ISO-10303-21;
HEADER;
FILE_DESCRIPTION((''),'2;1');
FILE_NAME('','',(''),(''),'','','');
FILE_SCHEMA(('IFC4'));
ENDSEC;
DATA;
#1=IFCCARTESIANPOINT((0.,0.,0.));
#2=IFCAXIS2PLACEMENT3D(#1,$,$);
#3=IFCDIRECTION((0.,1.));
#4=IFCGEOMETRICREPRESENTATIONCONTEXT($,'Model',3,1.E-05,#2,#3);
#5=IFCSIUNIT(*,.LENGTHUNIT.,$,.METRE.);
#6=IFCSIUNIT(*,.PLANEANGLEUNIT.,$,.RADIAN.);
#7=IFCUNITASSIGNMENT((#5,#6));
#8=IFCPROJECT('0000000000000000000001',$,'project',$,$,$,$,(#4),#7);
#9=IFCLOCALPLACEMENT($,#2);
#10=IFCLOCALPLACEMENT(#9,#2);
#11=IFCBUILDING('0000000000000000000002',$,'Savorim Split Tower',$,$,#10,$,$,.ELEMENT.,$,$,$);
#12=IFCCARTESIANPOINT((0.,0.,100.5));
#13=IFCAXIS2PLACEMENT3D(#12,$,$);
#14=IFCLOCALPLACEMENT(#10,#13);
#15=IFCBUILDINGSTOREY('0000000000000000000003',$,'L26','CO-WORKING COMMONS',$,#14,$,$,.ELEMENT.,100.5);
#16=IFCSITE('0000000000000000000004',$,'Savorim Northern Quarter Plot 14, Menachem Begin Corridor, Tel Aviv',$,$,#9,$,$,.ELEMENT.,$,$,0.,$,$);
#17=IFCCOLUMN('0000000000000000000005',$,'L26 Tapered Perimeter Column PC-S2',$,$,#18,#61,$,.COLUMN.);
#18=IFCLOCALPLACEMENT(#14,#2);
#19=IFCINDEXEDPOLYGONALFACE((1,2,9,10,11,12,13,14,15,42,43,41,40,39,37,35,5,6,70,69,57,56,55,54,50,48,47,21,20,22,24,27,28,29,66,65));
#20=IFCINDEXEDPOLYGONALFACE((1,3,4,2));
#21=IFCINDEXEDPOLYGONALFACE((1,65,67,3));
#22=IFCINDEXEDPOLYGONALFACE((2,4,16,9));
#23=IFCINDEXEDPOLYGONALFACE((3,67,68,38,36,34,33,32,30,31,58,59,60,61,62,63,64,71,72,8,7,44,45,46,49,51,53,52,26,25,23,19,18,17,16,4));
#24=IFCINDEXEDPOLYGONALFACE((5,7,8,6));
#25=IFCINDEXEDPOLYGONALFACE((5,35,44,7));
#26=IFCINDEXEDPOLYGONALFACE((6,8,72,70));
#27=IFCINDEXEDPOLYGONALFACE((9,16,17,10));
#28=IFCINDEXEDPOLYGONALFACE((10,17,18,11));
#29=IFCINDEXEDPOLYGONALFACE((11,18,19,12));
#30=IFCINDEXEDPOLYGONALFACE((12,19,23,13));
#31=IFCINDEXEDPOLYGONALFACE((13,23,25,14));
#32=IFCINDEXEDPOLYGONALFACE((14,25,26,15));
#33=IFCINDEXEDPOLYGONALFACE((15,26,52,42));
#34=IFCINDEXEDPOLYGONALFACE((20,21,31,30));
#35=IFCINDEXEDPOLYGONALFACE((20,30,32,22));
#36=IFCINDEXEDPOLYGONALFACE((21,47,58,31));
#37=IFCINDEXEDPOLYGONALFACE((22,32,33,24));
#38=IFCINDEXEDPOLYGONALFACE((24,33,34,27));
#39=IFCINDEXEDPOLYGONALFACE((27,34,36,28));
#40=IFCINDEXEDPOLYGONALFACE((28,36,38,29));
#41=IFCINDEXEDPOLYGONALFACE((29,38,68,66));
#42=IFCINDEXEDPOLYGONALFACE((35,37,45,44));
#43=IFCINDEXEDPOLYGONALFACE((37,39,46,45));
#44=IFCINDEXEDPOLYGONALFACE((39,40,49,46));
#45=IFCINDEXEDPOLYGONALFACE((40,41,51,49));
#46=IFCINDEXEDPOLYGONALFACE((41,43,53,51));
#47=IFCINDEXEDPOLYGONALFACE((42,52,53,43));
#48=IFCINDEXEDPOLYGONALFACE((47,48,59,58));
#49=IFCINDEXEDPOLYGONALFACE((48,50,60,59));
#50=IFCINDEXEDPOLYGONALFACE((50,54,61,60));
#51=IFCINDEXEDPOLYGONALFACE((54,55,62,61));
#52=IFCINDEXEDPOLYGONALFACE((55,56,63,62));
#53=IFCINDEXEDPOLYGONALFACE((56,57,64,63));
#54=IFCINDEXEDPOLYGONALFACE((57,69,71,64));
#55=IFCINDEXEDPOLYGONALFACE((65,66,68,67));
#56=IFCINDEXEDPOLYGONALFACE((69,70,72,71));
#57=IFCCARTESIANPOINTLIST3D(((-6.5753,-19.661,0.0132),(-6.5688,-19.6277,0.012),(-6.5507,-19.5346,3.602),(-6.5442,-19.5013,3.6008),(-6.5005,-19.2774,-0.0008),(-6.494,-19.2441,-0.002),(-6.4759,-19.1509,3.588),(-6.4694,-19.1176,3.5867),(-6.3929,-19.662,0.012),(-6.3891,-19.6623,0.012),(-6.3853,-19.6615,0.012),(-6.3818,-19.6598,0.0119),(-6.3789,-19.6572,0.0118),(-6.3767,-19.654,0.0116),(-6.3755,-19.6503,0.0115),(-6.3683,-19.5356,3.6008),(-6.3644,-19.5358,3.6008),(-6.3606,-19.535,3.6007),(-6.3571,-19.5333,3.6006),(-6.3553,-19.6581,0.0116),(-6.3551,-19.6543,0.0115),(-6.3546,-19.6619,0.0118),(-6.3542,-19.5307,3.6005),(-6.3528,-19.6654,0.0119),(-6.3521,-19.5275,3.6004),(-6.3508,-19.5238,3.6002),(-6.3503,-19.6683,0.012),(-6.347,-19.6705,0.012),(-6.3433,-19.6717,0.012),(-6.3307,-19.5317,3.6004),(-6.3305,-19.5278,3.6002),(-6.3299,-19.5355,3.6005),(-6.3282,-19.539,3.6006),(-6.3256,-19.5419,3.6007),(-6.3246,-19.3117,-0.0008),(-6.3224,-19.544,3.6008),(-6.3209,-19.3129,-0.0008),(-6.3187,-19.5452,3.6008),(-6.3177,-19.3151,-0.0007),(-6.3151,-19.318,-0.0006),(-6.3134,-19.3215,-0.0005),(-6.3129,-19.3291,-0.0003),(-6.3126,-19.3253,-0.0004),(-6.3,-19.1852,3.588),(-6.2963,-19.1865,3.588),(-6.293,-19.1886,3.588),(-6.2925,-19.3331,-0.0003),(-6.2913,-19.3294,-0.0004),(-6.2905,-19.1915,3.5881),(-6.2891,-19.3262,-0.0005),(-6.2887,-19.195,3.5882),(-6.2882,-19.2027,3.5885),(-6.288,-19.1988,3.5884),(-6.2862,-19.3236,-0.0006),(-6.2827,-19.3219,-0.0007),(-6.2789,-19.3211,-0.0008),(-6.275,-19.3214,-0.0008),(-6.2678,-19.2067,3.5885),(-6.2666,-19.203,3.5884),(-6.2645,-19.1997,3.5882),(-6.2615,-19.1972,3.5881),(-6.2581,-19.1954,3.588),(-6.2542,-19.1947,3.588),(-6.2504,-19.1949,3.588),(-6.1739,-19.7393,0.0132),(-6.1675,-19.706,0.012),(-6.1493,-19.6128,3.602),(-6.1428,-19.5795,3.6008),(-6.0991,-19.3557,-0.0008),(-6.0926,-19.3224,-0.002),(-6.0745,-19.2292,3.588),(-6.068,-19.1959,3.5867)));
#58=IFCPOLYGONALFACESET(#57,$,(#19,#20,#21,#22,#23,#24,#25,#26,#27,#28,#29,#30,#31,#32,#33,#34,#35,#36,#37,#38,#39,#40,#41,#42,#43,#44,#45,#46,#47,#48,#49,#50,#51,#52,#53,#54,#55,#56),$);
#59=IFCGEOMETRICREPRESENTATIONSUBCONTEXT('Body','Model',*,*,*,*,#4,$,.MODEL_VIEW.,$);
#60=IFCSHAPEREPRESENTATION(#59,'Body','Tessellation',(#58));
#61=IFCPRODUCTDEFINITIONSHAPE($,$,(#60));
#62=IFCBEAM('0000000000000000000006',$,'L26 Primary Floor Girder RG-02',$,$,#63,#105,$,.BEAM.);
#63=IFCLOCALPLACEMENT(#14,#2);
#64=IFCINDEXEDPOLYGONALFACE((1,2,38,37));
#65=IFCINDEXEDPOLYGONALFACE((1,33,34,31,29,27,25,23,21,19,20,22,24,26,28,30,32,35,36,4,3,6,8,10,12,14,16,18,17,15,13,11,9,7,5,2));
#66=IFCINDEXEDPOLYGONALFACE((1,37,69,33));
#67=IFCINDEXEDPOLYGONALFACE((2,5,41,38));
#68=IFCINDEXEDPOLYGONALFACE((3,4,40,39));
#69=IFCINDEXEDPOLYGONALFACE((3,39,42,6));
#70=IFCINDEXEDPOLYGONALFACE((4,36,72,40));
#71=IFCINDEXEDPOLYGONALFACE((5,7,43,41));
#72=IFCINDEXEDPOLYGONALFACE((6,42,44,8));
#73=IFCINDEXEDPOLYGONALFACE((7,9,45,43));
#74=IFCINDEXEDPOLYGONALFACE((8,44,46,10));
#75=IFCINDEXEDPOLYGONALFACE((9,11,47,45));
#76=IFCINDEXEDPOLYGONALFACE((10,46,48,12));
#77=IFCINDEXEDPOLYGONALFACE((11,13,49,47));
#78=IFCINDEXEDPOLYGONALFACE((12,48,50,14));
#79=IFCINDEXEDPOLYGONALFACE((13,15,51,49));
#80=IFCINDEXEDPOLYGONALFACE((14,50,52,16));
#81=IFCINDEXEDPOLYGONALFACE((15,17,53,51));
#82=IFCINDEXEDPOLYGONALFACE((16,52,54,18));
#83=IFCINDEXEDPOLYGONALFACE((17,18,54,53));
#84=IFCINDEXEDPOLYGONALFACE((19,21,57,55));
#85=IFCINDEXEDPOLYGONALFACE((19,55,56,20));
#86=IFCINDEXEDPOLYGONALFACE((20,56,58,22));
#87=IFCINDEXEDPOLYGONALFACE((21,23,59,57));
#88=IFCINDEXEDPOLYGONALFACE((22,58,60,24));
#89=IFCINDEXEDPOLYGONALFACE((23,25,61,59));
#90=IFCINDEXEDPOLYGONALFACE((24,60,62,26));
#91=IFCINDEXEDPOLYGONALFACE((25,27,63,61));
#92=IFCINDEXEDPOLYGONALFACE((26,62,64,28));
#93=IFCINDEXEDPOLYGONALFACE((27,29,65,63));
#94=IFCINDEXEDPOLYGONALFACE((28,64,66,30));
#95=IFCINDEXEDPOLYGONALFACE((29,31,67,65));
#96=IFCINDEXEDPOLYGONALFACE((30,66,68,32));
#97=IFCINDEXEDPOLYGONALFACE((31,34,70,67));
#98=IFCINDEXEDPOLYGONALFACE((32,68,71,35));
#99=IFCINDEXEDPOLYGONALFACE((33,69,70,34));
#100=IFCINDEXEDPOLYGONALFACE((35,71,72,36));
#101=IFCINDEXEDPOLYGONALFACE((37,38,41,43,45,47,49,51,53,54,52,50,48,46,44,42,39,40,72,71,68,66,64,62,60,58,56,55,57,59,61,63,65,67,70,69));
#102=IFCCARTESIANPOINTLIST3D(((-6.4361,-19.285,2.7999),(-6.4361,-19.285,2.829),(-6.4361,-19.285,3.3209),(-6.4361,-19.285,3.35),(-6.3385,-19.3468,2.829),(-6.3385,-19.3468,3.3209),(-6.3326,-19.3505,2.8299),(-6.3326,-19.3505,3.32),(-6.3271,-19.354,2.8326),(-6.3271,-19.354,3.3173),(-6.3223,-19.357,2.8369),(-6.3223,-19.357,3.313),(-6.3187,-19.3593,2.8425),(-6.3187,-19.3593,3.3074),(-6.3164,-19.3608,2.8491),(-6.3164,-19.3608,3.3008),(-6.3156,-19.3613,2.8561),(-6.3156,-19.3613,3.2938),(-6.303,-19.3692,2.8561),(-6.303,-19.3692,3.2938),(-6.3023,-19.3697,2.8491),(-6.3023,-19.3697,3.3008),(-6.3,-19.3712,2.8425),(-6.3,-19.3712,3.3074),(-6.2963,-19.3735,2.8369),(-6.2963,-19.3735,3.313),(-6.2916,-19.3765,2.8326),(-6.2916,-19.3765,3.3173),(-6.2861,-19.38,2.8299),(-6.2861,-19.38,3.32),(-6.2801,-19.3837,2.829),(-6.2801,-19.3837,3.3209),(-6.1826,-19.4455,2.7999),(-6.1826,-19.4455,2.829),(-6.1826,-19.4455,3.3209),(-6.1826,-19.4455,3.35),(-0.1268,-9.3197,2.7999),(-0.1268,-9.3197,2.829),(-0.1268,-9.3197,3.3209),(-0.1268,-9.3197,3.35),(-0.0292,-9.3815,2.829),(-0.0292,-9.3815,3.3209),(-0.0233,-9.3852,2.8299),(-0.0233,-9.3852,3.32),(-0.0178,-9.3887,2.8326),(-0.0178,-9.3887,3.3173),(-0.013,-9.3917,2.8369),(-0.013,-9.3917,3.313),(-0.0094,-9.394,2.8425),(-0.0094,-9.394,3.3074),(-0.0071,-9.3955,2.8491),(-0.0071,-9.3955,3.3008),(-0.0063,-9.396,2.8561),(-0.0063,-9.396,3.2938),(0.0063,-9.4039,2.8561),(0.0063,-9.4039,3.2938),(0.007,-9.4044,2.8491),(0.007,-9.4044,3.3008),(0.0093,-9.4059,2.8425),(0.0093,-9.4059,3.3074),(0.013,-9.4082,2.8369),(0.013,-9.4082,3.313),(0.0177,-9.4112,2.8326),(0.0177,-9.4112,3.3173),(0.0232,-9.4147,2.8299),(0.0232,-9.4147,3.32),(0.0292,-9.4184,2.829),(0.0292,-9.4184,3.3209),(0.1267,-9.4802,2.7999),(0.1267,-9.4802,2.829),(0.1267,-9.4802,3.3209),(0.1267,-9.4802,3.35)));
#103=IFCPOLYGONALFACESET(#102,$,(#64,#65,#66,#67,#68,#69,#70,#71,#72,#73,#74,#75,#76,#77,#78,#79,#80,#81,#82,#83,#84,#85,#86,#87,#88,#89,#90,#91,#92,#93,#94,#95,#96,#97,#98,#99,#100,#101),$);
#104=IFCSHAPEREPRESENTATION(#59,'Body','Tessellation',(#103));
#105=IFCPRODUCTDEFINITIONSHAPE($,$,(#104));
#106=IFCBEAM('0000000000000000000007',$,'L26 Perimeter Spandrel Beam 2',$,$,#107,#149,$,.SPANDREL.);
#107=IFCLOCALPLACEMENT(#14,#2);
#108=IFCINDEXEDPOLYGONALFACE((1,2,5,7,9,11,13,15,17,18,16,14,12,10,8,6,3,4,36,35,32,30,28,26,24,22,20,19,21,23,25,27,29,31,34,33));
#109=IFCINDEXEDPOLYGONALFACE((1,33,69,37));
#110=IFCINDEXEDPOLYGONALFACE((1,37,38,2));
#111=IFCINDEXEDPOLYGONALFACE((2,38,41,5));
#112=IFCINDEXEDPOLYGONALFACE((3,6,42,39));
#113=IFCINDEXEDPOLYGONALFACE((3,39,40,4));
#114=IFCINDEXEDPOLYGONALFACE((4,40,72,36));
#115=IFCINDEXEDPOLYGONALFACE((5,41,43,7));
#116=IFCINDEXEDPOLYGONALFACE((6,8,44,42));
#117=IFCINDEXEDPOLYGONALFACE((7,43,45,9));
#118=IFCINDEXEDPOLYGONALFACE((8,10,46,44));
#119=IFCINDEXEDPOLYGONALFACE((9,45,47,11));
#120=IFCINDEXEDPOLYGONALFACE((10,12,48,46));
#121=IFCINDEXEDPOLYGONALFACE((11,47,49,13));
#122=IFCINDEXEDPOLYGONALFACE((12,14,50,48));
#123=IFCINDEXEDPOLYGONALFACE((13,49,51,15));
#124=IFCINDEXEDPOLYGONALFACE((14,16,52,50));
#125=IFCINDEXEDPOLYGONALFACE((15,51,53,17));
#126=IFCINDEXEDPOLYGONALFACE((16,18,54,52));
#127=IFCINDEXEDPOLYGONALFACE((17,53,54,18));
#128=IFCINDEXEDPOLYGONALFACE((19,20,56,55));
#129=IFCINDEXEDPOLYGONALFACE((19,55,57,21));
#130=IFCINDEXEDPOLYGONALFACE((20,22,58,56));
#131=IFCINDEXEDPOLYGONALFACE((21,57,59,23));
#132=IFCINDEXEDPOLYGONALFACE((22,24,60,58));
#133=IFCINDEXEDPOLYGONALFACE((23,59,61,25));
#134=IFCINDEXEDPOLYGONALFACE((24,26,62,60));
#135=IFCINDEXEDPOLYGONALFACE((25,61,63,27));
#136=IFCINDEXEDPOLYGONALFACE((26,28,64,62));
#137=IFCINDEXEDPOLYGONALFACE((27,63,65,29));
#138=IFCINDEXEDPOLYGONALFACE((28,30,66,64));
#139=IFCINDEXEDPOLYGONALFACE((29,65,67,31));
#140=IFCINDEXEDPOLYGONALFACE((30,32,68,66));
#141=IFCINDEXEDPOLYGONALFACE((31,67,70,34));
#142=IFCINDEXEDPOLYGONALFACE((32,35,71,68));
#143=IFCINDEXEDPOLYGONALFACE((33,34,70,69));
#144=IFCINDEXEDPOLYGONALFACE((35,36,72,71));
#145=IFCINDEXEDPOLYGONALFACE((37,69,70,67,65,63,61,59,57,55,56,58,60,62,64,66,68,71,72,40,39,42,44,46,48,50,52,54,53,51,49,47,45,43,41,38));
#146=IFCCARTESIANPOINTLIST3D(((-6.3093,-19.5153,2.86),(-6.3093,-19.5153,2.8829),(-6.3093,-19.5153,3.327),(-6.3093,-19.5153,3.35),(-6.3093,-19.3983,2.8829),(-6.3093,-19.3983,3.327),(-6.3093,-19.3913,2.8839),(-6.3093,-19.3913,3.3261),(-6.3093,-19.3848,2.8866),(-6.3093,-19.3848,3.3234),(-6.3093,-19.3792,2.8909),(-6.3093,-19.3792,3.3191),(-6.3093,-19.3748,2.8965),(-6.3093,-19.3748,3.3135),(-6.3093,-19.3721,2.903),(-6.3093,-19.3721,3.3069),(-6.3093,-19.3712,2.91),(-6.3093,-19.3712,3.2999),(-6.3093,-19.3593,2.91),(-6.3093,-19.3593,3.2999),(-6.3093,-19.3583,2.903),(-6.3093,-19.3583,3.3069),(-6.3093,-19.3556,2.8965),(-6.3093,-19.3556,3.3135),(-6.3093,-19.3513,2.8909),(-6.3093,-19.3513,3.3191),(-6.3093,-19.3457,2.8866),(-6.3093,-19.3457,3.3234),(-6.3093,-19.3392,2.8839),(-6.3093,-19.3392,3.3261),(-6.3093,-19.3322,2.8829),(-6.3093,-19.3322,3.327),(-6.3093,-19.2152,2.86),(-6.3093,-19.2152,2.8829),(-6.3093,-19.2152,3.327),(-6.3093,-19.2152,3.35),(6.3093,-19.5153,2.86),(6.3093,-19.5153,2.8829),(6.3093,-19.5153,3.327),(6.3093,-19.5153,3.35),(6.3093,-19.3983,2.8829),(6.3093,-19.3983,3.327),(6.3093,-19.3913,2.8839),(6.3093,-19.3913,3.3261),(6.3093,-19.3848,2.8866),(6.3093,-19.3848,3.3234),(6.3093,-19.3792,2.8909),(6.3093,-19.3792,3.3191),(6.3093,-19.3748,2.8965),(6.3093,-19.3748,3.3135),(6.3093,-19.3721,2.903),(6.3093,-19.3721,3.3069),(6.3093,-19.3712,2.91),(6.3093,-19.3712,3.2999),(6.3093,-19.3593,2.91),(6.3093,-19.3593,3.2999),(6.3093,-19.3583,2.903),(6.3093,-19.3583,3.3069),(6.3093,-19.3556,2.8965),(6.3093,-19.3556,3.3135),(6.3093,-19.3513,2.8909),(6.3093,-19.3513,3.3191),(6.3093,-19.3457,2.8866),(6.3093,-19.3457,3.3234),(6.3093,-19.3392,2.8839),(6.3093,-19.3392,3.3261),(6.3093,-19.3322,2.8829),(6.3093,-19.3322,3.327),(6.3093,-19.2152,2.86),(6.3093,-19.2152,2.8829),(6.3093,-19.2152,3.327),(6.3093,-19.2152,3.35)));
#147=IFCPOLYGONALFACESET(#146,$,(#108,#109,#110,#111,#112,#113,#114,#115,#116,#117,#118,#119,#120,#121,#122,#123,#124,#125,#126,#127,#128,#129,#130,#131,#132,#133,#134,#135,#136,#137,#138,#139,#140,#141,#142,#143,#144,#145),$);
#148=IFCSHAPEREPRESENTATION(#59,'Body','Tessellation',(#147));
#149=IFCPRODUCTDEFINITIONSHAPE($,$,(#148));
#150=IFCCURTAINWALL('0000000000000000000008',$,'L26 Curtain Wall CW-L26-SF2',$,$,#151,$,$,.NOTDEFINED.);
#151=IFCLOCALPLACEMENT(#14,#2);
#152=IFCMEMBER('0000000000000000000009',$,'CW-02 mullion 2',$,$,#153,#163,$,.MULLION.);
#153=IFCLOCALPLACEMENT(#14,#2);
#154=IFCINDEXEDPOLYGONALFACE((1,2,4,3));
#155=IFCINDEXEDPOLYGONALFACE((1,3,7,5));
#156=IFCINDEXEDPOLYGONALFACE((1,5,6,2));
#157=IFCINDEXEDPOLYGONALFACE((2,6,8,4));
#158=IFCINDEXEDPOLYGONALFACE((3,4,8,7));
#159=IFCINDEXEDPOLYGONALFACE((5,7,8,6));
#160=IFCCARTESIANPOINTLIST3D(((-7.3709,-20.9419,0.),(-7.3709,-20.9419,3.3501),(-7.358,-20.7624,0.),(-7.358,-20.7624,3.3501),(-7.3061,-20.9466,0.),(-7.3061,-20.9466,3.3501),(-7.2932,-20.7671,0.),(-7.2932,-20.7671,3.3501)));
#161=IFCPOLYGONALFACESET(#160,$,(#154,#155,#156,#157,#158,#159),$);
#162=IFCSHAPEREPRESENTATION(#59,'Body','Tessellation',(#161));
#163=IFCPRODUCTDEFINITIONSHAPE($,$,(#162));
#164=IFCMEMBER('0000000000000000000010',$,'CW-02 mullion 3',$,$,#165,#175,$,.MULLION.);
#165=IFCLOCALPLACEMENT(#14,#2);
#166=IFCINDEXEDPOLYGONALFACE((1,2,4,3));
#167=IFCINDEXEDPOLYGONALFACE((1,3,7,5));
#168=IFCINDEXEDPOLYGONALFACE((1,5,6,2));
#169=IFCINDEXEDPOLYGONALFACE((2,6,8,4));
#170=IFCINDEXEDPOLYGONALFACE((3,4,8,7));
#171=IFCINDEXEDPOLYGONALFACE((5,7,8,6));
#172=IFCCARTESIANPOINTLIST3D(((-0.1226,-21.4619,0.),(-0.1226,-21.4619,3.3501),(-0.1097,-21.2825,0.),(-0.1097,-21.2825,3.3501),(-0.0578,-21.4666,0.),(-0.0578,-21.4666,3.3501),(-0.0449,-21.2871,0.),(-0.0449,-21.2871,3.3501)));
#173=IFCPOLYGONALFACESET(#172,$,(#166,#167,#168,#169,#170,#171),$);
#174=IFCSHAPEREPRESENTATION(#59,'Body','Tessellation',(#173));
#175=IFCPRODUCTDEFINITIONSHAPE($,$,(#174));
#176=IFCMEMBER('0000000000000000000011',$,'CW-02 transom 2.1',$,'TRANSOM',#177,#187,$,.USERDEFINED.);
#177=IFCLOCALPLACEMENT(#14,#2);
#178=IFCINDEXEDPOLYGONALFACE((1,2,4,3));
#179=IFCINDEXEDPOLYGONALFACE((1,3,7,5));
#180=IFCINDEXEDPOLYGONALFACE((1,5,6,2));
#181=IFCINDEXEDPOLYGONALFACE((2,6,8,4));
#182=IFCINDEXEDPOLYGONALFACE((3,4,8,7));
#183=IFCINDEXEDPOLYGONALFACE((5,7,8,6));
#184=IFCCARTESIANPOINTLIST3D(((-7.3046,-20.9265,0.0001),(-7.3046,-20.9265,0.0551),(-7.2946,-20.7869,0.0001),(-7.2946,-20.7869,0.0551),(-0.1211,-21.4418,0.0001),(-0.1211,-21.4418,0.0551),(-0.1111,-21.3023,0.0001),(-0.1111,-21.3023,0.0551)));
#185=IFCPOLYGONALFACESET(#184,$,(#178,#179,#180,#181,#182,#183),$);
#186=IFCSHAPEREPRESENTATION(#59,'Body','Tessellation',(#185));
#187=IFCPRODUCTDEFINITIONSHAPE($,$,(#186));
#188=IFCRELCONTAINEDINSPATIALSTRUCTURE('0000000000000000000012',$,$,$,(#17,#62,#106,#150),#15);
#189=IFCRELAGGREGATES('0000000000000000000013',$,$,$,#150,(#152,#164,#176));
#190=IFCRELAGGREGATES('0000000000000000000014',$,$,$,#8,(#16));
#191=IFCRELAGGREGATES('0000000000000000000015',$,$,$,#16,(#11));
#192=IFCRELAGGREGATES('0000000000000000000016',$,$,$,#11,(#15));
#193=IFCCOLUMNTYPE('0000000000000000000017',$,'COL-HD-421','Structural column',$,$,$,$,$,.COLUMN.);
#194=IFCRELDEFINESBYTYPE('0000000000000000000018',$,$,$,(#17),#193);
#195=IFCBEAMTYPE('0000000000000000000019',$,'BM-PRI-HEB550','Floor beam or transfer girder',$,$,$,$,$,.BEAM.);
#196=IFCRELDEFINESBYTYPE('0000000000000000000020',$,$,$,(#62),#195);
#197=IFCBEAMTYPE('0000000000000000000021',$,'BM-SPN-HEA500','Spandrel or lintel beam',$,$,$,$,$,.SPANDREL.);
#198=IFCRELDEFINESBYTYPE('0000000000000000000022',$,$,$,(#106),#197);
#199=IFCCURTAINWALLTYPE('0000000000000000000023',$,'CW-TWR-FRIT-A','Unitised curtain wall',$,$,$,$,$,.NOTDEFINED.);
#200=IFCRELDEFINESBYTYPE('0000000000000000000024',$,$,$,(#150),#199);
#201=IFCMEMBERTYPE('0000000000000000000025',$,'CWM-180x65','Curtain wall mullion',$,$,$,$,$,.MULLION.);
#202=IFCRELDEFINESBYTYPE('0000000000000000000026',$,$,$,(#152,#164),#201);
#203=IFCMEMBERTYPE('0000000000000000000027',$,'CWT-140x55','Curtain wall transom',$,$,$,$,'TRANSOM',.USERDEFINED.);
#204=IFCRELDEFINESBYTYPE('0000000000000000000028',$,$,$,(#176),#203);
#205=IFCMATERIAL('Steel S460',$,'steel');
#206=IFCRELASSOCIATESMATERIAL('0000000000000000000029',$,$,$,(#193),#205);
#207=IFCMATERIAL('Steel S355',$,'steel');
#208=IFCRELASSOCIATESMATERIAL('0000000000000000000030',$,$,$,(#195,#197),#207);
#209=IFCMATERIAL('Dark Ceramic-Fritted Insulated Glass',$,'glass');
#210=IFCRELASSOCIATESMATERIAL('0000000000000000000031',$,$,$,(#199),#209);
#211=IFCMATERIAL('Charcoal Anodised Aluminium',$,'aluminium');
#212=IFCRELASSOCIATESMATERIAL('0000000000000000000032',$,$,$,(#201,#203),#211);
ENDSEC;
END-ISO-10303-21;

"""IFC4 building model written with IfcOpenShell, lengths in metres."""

from ifc_helpers import new_model, si_unit, direction, frame, origin, origin_2d, place, context, subcontext, project, spatial, rectangle, i_section, extrude, material, material_profile, profile_set, type_object, element, aggregate, save


model = new_model("IFC4")

# Units and contexts
model_context = context("Model", 3, precision=1e-05, world=origin(), true_north=direction((0.0, 1.0)))
body_context = subcontext(model_context, "Body", "Model", "MODEL_VIEW")
ifc_project = project(units=[si_unit("LENGTHUNIT", "METRE"), si_unit("PLANEANGLEUNIT", "RADIAN")], contexts=[model_context])

# Site, building, storey
site_placement = place(None, origin())
site = spatial("IfcSite", under=ifc_project, at=site_placement, Name="Savorim Northern Quarter Plot 14, Menachem Begin Corridor, Tel Aviv", CompositionType="ELEMENT", RefElevation=0.0)
building_placement = place(site_placement, origin())
building = spatial("IfcBuilding", under=site, at=building_placement, Name="Savorim Split Tower", CompositionType="ELEMENT")
storey_placement = place(building_placement, frame((0.0, 0.0, 100.5)))
storey = spatial("IfcBuildingStorey", under=building, at=storey_placement, Name="L26", Description="CO-WORKING COMMONS", CompositionType="ELEMENT", Elevation=100.5)

# Column
ifc_material_1 = material(Name="Steel S460", Category="steel")
ifc_material_profile_1 = material_profile(ifc_material_1, i_section(OverallWidth=0.4089, OverallDepth=0.425, WebThickness=0.0208, FlangeThickness=0.0339, FilletRadius=0.0149, at=origin_2d()), Name="HD 400x421")
ifc_profile_set_1 = profile_set([ifc_material_profile_1], Name="Steel S460")
column_type = type_object("IfcColumnType", Name="COL-HD-421", Description="Structural column", PredefinedType="COLUMN", material=ifc_profile_set_1)
column_placement = place(storey_placement, frame((-6.334, -19.4917, 0.0056), z_axis=(0.006866, 0.035215, 0.999356), x_axis=(-0.981517, 0.191377, 0.0)))
element("IfcColumn", 1, at=column_placement, inside=storey, type_object=column_type, Name="L26 Tapered Perimeter Column PC-S2", PredefinedType="COLUMN", context=body_context, shape_type="SweptSolid", body=[
    extrude(i_section(OverallWidth=0.4089, OverallDepth=0.425, WebThickness=0.0208, FlangeThickness=0.0339, FilletRadius=0.0149, at=origin_2d()), origin(), (0.0, 0.0, 1.0), 3.5911),
])

# Beams
ifc_material_2 = material(Name="Steel S355", Category="steel")
ifc_material_profile_2 = material_profile(ifc_material_2, i_section(OverallWidth=0.3, OverallDepth=0.55, WebThickness=0.0149, FlangeThickness=0.0291, FilletRadius=0.0271, at=origin_2d()), Name="HEB 550")
ifc_profile_set_2 = profile_set([ifc_material_profile_2], Name="Steel S355")
beam_type_1 = type_object("IfcBeamType", Name="BM-PRI-HEB550", Description="Floor beam or transfer girder", PredefinedType="BEAM", material=ifc_profile_set_2)
beam_1_placement = place(storey_placement, frame((-6.3093, -19.3652, 3.075), z_axis=(0.534928, 0.844898, 0.0), x_axis=(-0.844898, 0.534928, 0.0)))
element("IfcBeam", 2, at=beam_1_placement, inside=storey, type_object=beam_type_1, Name="L26 Primary Floor Girder RG-02", PredefinedType="BEAM", context=body_context, shape_type="SweptSolid", body=[
    extrude(i_section(OverallWidth=0.3, OverallDepth=0.55, WebThickness=0.0149, FlangeThickness=0.0291, FilletRadius=0.0271, at=origin_2d()), origin(), (0.0, 0.0, 1.0), 11.7947),
])
ifc_material_profile_3 = material_profile(ifc_material_2, i_section(OverallWidth=0.3, OverallDepth=0.49, WebThickness=0.012, FlangeThickness=0.0229, FilletRadius=0.0271, at=origin_2d()), Name="HEA 500")
ifc_profile_set_3 = profile_set([ifc_material_profile_3], Name="Steel S355")
beam_type_2 = type_object("IfcBeamType", Name="BM-SPN-HEA500", Description="Spandrel or lintel beam", PredefinedType="SPANDREL", material=ifc_profile_set_3)
beam_2_placement = place(storey_placement, frame((-6.3093, -19.3652, 3.105), z_axis=(1.0, 0.0, 0.0), x_axis=(0.0, 1.0, 0.0)))
element("IfcBeam", 3, at=beam_2_placement, inside=storey, type_object=beam_type_2, Name="L26 Perimeter Spandrel Beam 2", PredefinedType="SPANDREL", context=body_context, shape_type="SweptSolid", body=[
    extrude(i_section(OverallWidth=0.3, OverallDepth=0.49, WebThickness=0.012, FlangeThickness=0.0229, FilletRadius=0.0271, at=origin_2d()), origin(), (0.0, 0.0, 1.0), 12.6187),
])

# Curtain wall, members
ifc_material_3 = material(Name="Dark Ceramic-Fritted Insulated Glass", Category="glass")
curtain_wall_type = type_object("IfcCurtainWallType", Name="CW-TWR-FRIT-A", Description="Unitised curtain wall", PredefinedType="NOTDEFINED", material=ifc_material_3)
curtain_wall_placement = place(storey_placement, origin())
curtain_wall = element("IfcCurtainWall", 4, at=curtain_wall_placement, inside=storey, type_object=curtain_wall_type, Name="L26 Curtain Wall CW-L26-SF2", PredefinedType="NOTDEFINED")
ifc_material_4 = material(Name="Charcoal Anodised Aluminium", Category="aluminium")
ifc_material_profile_4 = material_profile(ifc_material_4, rectangle(XDim=0.1799, YDim=0.0649, at=origin_2d()), Name="ALU-M 180x65")
ifc_profile_set_4 = profile_set([ifc_material_profile_4], Name="Charcoal Anodised Aluminium")
member_type_1 = type_object("IfcMemberType", Name="CWM-180x65", Description="Curtain wall mullion", PredefinedType="MULLION", material=ifc_profile_set_4)
member_1_placement = place(storey_placement, frame((-7.332, -20.8545, 0.0), z_axis=(0.0, 0.0, 1.0), x_axis=(0.071561, 0.997436, 0.0)))
member_1 = element("IfcMember", 5, at=member_1_placement, type_object=member_type_1, Name="CW-02 mullion 2", PredefinedType="MULLION", context=body_context, shape_type="SweptSolid", body=[
    extrude(rectangle(XDim=0.1799, YDim=0.0649, at=origin_2d()), origin(), (0.0, 0.0, 1.0), 3.3501),
])
member_2_placement = place(storey_placement, frame((-0.0837, -21.3745, 0.0), z_axis=(0.0, 0.0, 1.0), x_axis=(0.071561, 0.997436, 0.0)))
member_2 = element("IfcMember", 6, at=member_2_placement, type_object=member_type_1, Name="CW-02 mullion 3", PredefinedType="MULLION", context=body_context, shape_type="SweptSolid", body=[
    extrude(rectangle(XDim=0.1799, YDim=0.0649, at=origin_2d()), origin(), (0.0, 0.0, 1.0), 3.3501),
])
ifc_material_profile_5 = material_profile(ifc_material_4, rectangle(XDim=0.1399, YDim=0.0549, at=origin_2d()), Name="ALU-T 140x55")
ifc_profile_set_5 = profile_set([ifc_material_profile_5], Name="Charcoal Anodised Aluminium")
member_type_2 = type_object("IfcMemberType", Name="CWT-140x55", Description="Curtain wall transom", ElementType="TRANSOM", PredefinedType="USERDEFINED", material=ifc_profile_set_5)
member_3_placement = place(storey_placement, frame((-7.2996, -20.8567, 0.0276), z_axis=(0.997436, -0.071563, 0.0), x_axis=(0.071563, 0.997436, 0.0)))
member_3 = element("IfcMember", 7, at=member_3_placement, type_object=member_type_2, Name="CW-02 transom 2.1", ObjectType="TRANSOM", PredefinedType="USERDEFINED", context=body_context, shape_type="SweptSolid", body=[
    extrude(rectangle(XDim=0.1399, YDim=0.0549, at=origin_2d()), origin(), (0.0, 0.0, 1.0), 7.2019),
])

aggregate(curtain_wall, [member_1, member_2, member_3])

save(model, "model.ifc")
